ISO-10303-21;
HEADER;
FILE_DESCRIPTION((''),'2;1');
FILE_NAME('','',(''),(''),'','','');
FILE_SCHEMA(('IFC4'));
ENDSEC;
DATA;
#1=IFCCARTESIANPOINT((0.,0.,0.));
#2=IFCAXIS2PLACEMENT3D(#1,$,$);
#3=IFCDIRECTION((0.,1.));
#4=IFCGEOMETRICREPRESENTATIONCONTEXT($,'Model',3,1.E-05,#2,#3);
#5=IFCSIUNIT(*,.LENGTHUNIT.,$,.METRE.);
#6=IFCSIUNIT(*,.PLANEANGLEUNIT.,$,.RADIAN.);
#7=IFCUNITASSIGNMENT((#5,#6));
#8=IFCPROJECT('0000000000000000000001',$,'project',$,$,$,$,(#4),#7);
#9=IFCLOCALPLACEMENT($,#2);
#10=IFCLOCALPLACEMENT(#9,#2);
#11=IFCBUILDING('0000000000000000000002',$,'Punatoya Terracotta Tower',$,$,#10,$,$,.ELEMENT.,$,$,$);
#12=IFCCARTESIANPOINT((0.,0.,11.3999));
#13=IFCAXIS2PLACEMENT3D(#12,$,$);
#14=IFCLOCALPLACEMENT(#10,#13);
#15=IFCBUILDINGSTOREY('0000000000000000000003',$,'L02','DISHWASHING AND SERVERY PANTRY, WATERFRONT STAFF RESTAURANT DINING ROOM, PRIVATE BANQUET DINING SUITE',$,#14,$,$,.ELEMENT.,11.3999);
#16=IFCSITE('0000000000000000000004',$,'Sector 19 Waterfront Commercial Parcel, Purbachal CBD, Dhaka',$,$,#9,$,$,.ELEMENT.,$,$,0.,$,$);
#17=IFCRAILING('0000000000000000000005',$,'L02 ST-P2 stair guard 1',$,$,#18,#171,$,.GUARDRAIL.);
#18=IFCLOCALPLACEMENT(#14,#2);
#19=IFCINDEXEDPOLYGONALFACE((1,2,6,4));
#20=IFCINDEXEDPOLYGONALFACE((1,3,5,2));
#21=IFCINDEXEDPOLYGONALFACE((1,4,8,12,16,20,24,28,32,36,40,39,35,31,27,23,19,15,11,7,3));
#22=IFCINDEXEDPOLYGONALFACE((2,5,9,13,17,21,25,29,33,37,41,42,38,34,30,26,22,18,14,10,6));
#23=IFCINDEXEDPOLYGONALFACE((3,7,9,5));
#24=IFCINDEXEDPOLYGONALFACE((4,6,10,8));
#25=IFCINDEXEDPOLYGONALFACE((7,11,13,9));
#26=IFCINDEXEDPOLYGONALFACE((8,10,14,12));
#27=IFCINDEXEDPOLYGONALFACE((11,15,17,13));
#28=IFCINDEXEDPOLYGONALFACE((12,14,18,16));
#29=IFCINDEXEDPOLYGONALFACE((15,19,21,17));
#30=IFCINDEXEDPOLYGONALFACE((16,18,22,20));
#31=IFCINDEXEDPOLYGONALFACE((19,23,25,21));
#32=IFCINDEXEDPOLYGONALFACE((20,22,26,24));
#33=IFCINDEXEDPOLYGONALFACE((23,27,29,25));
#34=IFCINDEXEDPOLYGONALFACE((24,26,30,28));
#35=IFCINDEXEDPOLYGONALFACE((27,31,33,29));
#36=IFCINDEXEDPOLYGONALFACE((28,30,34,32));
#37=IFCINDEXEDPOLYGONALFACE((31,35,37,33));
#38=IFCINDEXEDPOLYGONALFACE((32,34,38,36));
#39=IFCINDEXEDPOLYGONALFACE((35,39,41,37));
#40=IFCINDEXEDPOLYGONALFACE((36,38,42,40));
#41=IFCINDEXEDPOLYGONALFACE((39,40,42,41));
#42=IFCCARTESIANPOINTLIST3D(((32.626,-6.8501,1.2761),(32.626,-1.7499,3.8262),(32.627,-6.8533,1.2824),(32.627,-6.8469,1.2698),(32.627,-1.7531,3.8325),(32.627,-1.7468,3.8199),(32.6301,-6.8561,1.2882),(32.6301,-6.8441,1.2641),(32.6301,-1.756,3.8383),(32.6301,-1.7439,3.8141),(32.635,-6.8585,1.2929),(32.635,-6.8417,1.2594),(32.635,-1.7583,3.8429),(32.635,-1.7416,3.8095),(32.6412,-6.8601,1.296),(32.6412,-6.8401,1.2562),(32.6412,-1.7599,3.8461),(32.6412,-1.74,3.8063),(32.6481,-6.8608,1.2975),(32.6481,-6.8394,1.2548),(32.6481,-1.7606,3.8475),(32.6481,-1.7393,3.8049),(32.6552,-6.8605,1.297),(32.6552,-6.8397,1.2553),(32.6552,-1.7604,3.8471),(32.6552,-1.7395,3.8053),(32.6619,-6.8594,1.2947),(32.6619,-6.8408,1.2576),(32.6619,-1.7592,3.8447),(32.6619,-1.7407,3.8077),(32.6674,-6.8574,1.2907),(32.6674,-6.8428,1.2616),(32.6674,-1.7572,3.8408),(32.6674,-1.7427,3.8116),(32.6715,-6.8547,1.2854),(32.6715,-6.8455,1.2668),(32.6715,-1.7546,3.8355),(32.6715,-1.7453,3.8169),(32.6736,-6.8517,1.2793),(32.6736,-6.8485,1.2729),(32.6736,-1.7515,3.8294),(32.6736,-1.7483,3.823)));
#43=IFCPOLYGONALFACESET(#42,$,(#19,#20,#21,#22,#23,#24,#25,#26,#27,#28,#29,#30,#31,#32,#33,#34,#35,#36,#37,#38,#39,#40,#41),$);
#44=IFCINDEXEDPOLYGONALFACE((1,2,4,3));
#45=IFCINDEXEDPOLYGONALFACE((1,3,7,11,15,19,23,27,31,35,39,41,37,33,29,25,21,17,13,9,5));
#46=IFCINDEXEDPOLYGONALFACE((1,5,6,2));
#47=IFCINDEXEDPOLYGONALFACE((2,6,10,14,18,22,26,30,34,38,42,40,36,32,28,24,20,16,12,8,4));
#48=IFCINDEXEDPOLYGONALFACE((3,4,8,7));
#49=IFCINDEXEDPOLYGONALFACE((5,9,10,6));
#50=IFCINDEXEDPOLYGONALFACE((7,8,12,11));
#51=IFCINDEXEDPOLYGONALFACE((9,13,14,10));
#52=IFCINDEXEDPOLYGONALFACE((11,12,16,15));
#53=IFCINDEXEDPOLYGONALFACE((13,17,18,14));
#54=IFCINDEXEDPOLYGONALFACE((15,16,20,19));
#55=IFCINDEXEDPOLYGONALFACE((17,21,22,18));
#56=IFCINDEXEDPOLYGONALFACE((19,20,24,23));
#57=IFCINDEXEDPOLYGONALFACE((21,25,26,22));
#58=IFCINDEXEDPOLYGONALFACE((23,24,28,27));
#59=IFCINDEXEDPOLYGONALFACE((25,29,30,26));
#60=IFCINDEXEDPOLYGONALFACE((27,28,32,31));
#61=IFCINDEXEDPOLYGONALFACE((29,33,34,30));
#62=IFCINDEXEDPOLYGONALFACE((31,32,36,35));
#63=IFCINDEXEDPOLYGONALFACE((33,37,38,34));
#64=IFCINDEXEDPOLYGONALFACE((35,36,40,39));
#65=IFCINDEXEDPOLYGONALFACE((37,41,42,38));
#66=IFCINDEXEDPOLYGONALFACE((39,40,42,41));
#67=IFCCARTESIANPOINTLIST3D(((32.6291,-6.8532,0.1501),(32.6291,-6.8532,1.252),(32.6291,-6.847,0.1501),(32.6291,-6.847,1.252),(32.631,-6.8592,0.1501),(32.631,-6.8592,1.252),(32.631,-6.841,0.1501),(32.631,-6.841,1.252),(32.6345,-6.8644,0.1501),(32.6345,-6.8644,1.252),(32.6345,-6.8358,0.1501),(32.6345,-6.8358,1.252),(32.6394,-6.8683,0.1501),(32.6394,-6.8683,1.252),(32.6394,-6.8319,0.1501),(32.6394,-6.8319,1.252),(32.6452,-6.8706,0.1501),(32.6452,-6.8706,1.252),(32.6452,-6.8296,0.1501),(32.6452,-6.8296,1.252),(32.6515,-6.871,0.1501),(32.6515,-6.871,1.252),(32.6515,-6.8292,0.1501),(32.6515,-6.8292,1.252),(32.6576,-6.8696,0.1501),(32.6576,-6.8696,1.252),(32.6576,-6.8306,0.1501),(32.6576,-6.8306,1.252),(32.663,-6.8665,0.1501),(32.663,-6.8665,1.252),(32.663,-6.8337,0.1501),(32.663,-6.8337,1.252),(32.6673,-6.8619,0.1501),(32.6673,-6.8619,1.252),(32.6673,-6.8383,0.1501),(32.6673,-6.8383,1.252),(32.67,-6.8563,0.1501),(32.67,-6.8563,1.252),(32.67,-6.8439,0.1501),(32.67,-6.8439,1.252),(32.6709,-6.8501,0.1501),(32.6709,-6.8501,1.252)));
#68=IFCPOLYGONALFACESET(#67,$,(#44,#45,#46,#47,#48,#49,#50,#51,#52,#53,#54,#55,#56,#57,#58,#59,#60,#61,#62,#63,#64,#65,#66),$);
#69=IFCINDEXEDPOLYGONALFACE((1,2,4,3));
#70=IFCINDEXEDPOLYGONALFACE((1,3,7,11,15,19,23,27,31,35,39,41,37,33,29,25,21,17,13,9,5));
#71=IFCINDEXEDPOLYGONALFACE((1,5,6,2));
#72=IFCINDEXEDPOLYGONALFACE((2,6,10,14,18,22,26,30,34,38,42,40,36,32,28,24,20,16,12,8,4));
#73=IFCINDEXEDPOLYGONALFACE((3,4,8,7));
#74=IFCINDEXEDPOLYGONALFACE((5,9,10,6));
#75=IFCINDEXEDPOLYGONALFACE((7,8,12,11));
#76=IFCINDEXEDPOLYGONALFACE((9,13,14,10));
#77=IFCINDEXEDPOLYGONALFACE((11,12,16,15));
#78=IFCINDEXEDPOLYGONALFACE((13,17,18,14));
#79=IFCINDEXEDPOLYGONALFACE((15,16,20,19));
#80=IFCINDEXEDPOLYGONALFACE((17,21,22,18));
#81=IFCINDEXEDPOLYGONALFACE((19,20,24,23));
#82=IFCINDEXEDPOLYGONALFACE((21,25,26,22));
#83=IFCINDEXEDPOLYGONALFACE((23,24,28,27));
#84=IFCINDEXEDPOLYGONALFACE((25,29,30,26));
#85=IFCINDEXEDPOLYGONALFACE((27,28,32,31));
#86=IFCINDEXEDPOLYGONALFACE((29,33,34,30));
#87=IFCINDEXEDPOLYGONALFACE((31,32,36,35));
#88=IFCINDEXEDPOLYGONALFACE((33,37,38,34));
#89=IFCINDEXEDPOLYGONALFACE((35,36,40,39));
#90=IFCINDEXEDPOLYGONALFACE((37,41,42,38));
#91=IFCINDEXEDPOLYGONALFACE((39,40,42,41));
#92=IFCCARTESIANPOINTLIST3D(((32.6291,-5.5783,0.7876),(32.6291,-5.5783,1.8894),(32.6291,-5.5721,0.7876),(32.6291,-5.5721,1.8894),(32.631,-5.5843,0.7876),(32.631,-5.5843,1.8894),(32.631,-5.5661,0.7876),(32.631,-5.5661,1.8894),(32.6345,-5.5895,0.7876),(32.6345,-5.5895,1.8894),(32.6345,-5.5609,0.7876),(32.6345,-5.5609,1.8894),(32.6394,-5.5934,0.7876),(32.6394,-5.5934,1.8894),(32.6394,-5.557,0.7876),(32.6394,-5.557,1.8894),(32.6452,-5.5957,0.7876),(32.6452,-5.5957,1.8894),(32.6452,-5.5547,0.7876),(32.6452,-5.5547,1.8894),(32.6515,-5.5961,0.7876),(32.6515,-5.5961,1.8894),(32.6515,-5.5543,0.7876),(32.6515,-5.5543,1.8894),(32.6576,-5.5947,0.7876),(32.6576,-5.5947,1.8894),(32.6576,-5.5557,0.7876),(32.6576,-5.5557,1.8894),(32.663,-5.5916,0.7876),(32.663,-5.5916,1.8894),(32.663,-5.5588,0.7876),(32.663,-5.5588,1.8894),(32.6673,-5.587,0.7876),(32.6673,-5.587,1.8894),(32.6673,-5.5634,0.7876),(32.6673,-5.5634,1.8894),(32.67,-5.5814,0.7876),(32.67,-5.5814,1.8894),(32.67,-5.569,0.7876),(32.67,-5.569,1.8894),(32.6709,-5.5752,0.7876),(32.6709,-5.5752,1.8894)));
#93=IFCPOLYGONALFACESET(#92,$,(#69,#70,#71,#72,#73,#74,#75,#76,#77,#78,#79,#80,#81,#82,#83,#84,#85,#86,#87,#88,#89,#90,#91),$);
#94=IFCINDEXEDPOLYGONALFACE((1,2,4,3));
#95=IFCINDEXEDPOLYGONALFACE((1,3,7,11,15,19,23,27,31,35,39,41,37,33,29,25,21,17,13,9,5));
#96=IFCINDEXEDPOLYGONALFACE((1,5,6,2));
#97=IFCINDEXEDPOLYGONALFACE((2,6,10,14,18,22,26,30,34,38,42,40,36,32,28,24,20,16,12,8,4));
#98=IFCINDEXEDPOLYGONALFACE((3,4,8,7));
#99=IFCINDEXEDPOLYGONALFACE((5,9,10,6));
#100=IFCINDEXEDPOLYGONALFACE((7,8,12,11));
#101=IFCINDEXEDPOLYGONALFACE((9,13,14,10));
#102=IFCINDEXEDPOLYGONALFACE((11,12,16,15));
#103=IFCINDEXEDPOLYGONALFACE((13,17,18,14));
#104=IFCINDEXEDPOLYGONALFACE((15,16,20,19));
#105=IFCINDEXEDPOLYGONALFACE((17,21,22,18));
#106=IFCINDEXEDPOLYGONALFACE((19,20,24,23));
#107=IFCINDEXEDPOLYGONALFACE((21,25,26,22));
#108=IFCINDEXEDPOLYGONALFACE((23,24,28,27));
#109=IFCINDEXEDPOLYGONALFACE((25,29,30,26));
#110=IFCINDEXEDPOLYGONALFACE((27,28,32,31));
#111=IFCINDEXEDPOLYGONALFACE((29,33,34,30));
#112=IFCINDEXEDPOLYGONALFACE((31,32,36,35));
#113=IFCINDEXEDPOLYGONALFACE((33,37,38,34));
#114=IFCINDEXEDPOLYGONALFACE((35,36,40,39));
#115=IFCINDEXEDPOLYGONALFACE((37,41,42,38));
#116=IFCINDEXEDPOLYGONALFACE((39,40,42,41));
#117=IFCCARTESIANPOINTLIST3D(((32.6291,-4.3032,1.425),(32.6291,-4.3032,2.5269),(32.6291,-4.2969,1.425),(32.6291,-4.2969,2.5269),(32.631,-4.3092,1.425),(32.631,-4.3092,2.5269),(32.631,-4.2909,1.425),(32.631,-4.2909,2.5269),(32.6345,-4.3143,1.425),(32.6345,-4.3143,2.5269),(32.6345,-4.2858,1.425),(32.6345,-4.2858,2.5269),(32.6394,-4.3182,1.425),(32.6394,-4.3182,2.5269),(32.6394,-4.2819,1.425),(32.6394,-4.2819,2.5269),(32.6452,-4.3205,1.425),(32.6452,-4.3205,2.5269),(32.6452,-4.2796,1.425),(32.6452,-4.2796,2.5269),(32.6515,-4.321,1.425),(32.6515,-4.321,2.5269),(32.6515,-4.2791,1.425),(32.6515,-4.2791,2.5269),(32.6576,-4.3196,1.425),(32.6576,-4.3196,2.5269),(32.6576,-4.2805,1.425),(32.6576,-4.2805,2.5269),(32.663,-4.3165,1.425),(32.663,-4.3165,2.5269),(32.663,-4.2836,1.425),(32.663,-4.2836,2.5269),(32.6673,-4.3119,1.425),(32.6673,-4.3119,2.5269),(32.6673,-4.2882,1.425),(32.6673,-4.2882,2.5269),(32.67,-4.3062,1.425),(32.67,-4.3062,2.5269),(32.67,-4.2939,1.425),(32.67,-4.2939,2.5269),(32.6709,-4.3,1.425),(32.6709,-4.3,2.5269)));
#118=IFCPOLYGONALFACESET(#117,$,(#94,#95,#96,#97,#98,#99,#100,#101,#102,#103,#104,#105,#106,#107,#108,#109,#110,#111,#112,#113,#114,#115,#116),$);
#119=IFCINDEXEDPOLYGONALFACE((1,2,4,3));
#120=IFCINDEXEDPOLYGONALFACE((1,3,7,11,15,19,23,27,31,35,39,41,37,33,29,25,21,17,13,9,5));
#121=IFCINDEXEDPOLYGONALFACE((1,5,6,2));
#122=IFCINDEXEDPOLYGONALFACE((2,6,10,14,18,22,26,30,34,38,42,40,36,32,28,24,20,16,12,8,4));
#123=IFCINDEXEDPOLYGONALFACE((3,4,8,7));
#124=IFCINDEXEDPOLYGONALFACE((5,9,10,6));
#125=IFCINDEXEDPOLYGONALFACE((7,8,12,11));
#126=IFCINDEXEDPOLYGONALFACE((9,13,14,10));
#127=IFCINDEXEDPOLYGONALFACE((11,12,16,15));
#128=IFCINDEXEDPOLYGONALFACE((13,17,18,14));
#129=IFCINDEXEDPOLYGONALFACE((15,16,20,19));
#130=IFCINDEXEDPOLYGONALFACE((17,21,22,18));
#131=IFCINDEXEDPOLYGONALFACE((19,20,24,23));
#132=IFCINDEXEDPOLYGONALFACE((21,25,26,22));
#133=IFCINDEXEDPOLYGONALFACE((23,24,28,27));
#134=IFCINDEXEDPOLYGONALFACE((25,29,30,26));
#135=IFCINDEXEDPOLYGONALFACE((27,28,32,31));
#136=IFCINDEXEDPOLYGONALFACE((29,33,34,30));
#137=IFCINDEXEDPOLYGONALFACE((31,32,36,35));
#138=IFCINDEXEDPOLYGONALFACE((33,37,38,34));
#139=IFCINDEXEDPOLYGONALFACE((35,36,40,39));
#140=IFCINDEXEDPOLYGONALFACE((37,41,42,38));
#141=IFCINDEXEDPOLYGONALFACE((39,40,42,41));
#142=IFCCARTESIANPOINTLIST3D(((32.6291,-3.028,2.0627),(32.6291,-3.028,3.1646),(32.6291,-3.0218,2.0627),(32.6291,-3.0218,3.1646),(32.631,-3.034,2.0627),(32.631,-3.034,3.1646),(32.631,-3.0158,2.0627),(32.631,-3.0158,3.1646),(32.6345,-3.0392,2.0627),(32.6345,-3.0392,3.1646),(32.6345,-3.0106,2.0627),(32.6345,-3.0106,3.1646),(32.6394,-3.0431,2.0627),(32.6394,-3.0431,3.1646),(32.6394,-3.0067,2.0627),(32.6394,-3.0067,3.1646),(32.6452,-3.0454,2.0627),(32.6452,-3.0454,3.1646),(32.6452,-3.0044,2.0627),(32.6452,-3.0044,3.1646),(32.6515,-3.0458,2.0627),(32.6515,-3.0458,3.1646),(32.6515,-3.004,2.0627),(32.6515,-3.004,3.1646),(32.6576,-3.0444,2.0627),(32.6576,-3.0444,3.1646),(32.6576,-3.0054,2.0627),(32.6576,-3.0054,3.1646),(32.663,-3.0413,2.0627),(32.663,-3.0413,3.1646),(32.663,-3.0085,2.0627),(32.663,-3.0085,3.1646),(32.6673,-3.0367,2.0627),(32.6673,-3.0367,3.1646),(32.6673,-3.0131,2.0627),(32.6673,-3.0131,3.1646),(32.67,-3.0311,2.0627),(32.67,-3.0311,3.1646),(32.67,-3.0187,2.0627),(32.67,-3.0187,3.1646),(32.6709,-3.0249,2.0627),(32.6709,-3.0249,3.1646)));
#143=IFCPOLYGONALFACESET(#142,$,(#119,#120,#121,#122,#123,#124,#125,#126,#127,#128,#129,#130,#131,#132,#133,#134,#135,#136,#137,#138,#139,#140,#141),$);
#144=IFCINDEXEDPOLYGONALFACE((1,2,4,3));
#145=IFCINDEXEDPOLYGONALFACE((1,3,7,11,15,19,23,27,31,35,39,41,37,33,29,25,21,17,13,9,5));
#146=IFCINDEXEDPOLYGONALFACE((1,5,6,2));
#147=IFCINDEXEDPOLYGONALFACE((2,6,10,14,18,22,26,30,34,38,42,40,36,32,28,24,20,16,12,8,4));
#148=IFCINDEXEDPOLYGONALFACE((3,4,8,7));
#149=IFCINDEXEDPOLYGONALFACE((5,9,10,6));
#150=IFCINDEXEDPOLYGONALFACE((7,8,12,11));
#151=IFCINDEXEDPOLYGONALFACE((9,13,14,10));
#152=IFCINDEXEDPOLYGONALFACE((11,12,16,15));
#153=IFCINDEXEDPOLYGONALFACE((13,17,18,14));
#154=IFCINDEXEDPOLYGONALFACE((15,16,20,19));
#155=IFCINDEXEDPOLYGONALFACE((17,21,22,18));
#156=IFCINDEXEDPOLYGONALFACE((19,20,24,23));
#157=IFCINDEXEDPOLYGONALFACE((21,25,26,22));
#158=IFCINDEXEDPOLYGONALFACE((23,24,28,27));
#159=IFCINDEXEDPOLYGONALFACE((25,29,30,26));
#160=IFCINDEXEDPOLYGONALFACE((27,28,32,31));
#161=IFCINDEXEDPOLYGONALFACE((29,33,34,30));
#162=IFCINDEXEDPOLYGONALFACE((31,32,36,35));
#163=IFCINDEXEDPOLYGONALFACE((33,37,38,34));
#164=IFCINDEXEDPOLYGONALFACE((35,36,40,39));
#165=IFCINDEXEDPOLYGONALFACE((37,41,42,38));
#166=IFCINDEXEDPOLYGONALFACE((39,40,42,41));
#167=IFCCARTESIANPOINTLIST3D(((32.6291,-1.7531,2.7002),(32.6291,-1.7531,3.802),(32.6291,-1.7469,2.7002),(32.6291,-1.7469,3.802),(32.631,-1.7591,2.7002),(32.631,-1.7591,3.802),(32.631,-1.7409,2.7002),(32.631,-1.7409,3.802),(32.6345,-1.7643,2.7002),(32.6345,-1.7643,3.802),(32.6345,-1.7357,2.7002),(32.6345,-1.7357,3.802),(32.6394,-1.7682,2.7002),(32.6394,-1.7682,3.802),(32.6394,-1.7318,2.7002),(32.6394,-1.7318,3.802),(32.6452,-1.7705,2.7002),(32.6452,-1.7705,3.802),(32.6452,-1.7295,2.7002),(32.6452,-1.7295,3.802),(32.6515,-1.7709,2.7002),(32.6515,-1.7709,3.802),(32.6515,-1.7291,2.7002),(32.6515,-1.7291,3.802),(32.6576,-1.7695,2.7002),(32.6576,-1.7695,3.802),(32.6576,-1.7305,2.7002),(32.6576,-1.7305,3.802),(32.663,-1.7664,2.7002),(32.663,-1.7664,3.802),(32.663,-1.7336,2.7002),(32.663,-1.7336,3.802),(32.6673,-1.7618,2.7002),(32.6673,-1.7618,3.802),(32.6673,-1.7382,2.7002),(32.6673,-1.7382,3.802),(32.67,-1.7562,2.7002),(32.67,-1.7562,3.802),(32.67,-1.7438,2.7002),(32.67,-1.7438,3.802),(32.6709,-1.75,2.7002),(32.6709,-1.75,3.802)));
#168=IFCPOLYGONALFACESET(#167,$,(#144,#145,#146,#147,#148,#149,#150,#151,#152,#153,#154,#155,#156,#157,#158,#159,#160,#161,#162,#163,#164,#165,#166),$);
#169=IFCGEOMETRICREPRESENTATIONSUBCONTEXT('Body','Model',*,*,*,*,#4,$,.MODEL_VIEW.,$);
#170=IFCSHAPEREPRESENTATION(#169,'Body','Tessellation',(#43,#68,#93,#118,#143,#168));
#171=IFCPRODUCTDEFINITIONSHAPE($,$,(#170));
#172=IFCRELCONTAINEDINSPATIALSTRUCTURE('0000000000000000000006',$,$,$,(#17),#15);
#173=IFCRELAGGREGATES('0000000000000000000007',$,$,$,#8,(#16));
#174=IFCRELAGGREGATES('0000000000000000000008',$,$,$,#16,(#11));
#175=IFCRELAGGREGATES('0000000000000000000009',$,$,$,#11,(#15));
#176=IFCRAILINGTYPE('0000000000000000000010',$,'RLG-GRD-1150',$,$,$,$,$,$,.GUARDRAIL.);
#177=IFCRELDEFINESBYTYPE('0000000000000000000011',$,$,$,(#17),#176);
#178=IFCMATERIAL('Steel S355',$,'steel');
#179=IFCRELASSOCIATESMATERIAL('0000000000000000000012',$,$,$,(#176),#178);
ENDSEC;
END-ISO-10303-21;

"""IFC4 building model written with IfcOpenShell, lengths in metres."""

from ifc_helpers import new_model, si_unit, direction, frame, origin, origin_2d, place, context, subcontext, project, spatial, circle, extrude, material, type_object, element, save


model = new_model("IFC4")

# Units and contexts
model_context = context("Model", 3, precision=1e-05, world=origin(), true_north=direction((0.0, 1.0)))
body_context = subcontext(model_context, "Body", "Model", "MODEL_VIEW")
ifc_project = project(units=[si_unit("LENGTHUNIT", "METRE"), si_unit("PLANEANGLEUNIT", "RADIAN")], contexts=[model_context])

# Site, building, storey
site_placement = place(None, origin())
site = spatial("IfcSite", under=ifc_project, at=site_placement, Name="Sector 19 Waterfront Commercial Parcel, Purbachal CBD, Dhaka", CompositionType="ELEMENT", RefElevation=0.0)
building_placement = place(site_placement, origin())
building = spatial("IfcBuilding", under=site, at=building_placement, Name="Punatoya Terracotta Tower", CompositionType="ELEMENT")
storey_placement = place(building_placement, frame((0.0, 0.0, 11.3999)))
storey = spatial("IfcBuildingStorey", under=building, at=storey_placement, Name="L02", Description="DISHWASHING AND SERVERY PANTRY, WATERFRONT STAFF RESTAURANT DINING ROOM, PRIVATE BANQUET DINING SUITE", CompositionType="ELEMENT", Elevation=11.3999)

# Shared definitions
ifc_material_1 = material(Name="Steel S355", Category="steel")

# Railing
railing_type_1 = type_object("IfcRailingType", Name="RLG-GRD-1150", PredefinedType="GUARDRAIL", material=ifc_material_1)
railing_1_placement = place(storey_placement, frame((32.6499, -6.8501, 0.1501)))
element("IfcRailing", 1, at=railing_1_placement, inside=storey, type_object=railing_type_1, Name="L02 ST-P2 stair guard 1", PredefinedType="GUARDRAIL", context=body_context, shape_type="SweptSolid", body=[
    extrude(circle(Radius=0.0239, at=origin_2d()), frame((0.0, 0.0, 1.126), z_axis=(0.0, 0.894427, 0.447214), x_axis=(-1.0, 0.0, 0.0)), (0.0, 0.0, 1.0), 5.7021),
    extrude(circle(Radius=0.021, at=origin_2d()), origin(), (0.0, 0.0, 1.0), 1.1018),
    extrude(circle(Radius=0.021, at=origin_2d()), frame((0.0, 1.2749, 0.6375)), (0.0, 0.0, 1.0), 1.1018),
    extrude(circle(Radius=0.021, at=origin_2d()), frame((0.0, 2.55, 1.2749)), (0.0, 0.0, 1.0), 1.1018),
    extrude(circle(Radius=0.021, at=origin_2d()), frame((0.0, 3.8252, 1.9126)), (0.0, 0.0, 1.0), 1.1018),
    extrude(circle(Radius=0.021, at=origin_2d()), frame((0.0, 5.1001, 2.55)), (0.0, 0.0, 1.0), 1.1018),
])

save(model, "model.ifc")
